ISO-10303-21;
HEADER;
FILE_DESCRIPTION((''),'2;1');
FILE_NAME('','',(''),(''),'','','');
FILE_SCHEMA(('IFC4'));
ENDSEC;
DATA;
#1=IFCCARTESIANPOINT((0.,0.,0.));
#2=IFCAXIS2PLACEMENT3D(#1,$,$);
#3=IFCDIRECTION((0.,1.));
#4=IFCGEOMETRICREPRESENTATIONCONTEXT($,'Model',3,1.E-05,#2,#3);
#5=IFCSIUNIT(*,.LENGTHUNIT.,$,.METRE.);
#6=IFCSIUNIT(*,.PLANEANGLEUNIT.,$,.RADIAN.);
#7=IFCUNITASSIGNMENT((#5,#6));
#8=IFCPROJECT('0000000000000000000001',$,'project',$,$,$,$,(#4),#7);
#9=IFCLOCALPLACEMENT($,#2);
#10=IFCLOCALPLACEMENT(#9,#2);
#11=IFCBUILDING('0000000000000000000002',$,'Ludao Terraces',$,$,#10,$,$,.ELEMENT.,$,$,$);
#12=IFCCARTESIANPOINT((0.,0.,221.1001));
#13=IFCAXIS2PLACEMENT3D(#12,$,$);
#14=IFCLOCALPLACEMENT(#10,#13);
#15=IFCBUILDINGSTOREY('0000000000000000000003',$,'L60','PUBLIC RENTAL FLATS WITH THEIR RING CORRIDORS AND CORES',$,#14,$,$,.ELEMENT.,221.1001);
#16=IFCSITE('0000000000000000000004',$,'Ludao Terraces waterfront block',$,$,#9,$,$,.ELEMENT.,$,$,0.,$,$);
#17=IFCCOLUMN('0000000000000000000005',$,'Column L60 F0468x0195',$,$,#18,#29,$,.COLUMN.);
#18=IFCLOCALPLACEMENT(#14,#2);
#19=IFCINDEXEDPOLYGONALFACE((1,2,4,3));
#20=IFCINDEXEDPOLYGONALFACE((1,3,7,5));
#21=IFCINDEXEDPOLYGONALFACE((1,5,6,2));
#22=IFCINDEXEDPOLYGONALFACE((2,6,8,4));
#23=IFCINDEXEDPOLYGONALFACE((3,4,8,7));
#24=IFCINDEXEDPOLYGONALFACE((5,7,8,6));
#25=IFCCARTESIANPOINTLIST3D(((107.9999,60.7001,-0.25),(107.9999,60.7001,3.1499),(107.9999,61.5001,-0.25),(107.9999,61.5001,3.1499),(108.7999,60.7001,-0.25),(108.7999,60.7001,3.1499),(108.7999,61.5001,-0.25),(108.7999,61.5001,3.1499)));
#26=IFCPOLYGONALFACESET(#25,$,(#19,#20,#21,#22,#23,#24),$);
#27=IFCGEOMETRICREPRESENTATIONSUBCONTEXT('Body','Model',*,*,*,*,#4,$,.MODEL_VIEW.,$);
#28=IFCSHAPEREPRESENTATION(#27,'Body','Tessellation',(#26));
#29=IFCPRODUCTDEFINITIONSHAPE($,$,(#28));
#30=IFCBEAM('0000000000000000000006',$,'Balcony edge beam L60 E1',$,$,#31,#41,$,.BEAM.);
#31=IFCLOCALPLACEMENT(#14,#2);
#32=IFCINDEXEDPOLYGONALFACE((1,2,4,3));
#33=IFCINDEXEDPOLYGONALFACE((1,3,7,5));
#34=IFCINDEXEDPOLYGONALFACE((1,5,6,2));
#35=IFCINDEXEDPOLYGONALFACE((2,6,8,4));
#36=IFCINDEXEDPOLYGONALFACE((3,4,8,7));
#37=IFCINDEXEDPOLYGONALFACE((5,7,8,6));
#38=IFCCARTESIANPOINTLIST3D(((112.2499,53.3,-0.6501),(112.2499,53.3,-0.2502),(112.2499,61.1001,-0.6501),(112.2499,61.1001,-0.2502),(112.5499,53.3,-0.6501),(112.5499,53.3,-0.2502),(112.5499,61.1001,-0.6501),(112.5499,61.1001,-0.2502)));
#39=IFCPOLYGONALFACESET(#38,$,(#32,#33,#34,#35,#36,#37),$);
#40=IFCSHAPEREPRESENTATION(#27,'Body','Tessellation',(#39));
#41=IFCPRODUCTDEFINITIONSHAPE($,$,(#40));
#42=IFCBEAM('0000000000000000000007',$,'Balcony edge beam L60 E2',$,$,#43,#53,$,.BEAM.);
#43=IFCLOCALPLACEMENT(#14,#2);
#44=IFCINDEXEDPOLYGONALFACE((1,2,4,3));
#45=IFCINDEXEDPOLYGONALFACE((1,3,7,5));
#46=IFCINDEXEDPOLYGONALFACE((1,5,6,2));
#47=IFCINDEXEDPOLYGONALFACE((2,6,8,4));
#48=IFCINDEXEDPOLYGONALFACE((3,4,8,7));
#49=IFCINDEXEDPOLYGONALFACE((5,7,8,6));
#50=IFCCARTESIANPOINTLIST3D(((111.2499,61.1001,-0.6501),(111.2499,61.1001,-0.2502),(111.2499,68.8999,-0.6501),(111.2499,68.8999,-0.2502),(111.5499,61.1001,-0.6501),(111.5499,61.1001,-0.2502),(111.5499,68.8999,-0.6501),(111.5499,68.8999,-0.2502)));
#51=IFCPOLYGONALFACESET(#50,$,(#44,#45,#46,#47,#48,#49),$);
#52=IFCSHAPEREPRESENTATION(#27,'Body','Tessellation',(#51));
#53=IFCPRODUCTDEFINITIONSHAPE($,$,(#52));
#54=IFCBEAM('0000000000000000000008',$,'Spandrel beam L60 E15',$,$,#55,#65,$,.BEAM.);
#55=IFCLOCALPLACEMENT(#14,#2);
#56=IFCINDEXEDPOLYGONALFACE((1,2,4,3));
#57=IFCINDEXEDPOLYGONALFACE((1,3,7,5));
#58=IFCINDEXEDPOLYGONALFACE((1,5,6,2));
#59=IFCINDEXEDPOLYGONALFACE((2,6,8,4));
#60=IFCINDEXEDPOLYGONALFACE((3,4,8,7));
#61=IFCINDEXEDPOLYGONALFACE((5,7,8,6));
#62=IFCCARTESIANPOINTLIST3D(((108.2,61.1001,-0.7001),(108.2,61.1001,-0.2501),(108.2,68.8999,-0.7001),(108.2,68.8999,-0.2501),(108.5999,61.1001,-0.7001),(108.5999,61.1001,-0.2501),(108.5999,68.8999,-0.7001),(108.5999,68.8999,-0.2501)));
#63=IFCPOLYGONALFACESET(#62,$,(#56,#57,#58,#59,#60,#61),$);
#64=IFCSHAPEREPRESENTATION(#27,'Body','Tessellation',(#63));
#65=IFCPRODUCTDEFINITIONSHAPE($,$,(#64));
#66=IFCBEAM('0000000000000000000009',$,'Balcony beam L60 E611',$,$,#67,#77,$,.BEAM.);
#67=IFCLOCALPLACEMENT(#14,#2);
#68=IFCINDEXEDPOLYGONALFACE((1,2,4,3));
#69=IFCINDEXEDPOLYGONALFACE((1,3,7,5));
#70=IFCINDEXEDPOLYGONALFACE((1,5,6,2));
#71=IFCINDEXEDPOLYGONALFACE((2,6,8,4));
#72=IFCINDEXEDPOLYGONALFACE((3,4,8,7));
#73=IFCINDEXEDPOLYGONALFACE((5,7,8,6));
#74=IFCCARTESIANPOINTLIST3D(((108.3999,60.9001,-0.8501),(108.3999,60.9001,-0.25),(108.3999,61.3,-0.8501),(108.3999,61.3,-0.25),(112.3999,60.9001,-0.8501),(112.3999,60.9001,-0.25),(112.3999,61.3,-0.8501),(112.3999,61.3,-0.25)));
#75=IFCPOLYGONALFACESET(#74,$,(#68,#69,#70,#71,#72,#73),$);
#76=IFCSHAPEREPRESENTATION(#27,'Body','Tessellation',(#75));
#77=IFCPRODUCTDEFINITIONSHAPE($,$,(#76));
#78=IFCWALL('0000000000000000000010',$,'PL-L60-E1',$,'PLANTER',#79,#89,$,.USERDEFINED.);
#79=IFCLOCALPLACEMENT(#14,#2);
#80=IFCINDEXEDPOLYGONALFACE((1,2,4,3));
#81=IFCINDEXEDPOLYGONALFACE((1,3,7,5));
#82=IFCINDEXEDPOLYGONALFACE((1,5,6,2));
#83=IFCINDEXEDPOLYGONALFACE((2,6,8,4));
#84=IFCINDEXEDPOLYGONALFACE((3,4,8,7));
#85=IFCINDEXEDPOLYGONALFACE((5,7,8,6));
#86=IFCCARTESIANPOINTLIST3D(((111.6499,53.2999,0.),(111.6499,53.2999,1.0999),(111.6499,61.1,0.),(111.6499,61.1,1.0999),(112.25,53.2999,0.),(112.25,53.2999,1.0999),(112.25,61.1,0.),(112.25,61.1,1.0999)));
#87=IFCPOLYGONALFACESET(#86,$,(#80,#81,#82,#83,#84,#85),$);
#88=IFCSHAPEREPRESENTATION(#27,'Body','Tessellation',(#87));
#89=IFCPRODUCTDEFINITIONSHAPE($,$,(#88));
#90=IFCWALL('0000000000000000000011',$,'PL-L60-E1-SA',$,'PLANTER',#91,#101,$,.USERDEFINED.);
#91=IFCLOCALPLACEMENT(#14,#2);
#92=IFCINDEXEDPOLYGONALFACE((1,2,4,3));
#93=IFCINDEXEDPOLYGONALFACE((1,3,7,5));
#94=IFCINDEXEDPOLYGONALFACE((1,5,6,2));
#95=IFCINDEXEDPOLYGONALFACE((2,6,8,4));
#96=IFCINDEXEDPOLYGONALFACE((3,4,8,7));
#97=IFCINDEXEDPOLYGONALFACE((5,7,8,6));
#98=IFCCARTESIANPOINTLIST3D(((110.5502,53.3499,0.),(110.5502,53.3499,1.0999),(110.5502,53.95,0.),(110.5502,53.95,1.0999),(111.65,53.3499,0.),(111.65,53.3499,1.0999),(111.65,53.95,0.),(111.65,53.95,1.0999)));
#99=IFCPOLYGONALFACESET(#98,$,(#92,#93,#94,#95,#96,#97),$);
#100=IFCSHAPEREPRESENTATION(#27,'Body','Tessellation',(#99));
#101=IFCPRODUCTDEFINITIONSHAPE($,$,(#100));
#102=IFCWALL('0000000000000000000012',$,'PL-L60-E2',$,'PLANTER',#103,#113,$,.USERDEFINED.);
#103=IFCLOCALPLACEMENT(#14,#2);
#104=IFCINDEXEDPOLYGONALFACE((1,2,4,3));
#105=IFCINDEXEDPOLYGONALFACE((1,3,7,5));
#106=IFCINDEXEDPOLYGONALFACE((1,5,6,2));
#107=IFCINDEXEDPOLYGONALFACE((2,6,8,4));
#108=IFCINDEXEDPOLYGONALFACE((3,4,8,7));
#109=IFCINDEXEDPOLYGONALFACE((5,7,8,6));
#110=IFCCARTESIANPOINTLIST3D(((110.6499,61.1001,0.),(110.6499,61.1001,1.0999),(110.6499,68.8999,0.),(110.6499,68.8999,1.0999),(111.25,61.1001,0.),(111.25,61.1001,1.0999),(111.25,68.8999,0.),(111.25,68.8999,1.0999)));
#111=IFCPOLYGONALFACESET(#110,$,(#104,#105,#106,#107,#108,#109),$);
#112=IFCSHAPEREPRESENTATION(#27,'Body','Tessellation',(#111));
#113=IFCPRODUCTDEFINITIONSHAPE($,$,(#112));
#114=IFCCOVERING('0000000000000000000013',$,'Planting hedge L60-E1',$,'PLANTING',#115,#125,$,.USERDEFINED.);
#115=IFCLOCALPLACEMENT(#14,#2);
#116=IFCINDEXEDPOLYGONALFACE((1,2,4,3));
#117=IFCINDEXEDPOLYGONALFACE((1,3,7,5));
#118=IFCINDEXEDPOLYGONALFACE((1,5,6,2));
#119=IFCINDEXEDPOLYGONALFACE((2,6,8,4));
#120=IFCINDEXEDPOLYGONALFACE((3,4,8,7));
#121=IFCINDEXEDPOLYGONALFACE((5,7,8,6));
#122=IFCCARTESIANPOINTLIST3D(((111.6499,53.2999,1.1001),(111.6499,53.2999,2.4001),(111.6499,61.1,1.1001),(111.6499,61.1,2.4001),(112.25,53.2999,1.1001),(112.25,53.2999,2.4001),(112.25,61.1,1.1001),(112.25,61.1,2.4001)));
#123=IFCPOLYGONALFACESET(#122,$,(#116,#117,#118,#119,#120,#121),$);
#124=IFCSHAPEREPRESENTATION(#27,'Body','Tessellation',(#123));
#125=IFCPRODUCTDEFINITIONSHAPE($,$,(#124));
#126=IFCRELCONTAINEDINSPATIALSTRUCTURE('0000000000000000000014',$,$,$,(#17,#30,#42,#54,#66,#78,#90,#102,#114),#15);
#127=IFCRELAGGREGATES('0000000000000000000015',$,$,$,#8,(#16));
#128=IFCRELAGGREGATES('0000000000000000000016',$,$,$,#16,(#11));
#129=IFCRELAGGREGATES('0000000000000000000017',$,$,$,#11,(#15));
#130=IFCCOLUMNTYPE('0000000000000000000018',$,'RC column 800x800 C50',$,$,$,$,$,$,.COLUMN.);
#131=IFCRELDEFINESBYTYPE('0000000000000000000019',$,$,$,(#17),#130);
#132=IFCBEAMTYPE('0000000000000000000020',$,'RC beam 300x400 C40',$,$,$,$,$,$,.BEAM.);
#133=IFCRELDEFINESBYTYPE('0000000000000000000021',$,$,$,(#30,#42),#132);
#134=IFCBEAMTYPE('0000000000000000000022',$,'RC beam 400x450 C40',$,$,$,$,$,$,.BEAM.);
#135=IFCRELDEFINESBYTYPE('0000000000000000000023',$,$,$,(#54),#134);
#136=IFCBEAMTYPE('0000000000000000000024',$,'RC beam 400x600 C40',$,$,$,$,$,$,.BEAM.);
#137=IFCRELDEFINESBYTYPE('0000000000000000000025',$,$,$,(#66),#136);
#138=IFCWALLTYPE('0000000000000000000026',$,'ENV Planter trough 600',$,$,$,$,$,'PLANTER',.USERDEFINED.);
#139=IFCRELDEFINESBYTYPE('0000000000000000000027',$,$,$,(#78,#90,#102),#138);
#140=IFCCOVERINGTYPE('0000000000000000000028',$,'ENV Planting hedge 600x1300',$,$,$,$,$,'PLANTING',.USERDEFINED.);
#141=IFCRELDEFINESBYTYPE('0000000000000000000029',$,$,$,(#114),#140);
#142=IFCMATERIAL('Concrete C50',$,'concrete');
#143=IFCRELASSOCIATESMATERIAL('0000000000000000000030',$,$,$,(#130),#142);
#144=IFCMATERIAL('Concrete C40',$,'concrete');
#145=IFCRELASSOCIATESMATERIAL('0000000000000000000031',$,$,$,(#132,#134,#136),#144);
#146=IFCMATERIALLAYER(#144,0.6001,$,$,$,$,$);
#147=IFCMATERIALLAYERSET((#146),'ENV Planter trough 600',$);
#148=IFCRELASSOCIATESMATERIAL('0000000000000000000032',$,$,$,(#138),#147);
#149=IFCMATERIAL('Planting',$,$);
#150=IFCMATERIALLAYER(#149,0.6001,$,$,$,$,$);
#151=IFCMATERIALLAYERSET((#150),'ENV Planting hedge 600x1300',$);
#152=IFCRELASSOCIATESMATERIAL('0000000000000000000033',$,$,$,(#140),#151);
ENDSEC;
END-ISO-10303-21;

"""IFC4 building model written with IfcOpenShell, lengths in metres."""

from ifc_helpers import new_model, si_unit, direction, frame, frame_2d, origin, origin_2d, place, context, subcontext, project, spatial, rectangle, extrude, material, layer, layer_set, material_profile, profile_set, type_object, element, save


model = new_model("IFC4")

# Units and contexts
model_context = context("Model", 3, precision=1e-05, world=origin(), true_north=direction((0.0, 1.0)))
body_context = subcontext(model_context, "Body", "Model", "MODEL_VIEW")
ifc_project = project(units=[si_unit("LENGTHUNIT", "METRE"), si_unit("PLANEANGLEUNIT", "RADIAN")], contexts=[model_context])

# Site, building, storey
site_placement = place(None, origin())
site = spatial("IfcSite", under=ifc_project, at=site_placement, Name="Ludao Terraces waterfront block", CompositionType="ELEMENT", RefElevation=0.0)
building_placement = place(site_placement, origin())
building = spatial("IfcBuilding", under=site, at=building_placement, Name="Ludao Terraces", CompositionType="ELEMENT")
storey_placement = place(building_placement, frame((0.0, 0.0, 221.1001)))
storey = spatial("IfcBuildingStorey", under=building, at=storey_placement, Name="L60", Description="PUBLIC RENTAL FLATS WITH THEIR RING CORRIDORS AND CORES", CompositionType="ELEMENT", Elevation=221.1001)

# Column
ifc_material_1 = material(Name="Concrete C50", Category="concrete")
ifc_material_profile_1 = material_profile(ifc_material_1, rectangle(XDim=0.8, YDim=0.8, at=origin_2d()), Name="800 X 800")
ifc_profile_set_1 = profile_set([ifc_material_profile_1], Name="Concrete C50")
column_type = type_object("IfcColumnType", Name="RC column 800x800 C50", PredefinedType="COLUMN", material=ifc_profile_set_1)
column_placement = place(storey_placement, frame((108.3999, 61.1001, -0.25), z_axis=(0.0, 0.0, 1.0), x_axis=(1.0, 0.0, 0.0)))
element("IfcColumn", 1, at=column_placement, inside=storey, type_object=column_type, Name="Column L60 F0468x0195", PredefinedType="COLUMN", context=body_context, shape_type="SweptSolid", body=[
    extrude(rectangle(XDim=0.8, YDim=0.8, at=origin_2d()), origin(), (0.0, 0.0, 1.0), 3.3999),
])

# Beams
ifc_material_2 = material(Name="Concrete C40", Category="concrete")
ifc_material_profile_2 = material_profile(ifc_material_2, rectangle(XDim=0.3, YDim=0.3999, at=origin_2d()), Name="300 X 400")
ifc_profile_set_2 = profile_set([ifc_material_profile_2], Name="Concrete C40")
beam_type_1 = type_object("IfcBeamType", Name="RC beam 300x400 C40", PredefinedType="BEAM", material=ifc_profile_set_2)
beam_1_placement = place(storey_placement, frame((112.3999, 53.3, -0.4502), z_axis=(0.0, 1.0, 0.0), x_axis=(-1.0, 0.0, 0.0)))
element("IfcBeam", 2, at=beam_1_placement, inside=storey, type_object=beam_type_1, Name="Balcony edge beam L60 E1", PredefinedType="BEAM", context=body_context, shape_type="SweptSolid", body=[
    extrude(rectangle(XDim=0.3, YDim=0.3999, at=origin_2d()), origin(), (0.0, 0.0, 1.0), 7.8),
])
beam_2_placement = place(storey_placement, frame((111.3999, 61.1001, -0.4502), z_axis=(0.0, 1.0, 0.0), x_axis=(-1.0, 0.0, 0.0)))
element("IfcBeam", 3, at=beam_2_placement, inside=storey, type_object=beam_type_1, Name="Balcony edge beam L60 E2", PredefinedType="BEAM", context=body_context, shape_type="SweptSolid", body=[
    extrude(rectangle(XDim=0.3, YDim=0.3999, at=origin_2d()), origin(), (0.0, 0.0, 1.0), 7.7998),
])
ifc_material_profile_3 = material_profile(ifc_material_2, rectangle(XDim=0.3999, YDim=0.45, at=origin_2d()), Name="400 X 450")
ifc_profile_set_3 = profile_set([ifc_material_profile_3], Name="Concrete C40")
beam_type_2 = type_object("IfcBeamType", Name="RC beam 400x450 C40", PredefinedType="BEAM", material=ifc_profile_set_3)
beam_3_placement = place(storey_placement, frame((108.3999, 61.1001, -0.4751), z_axis=(0.0, 1.0, 0.0), x_axis=(-1.0, 0.0, 0.0)))
element("IfcBeam", 4, at=beam_3_placement, inside=storey, type_object=beam_type_2, Name="Spandrel beam L60 E15", PredefinedType="BEAM", context=body_context, shape_type="SweptSolid", body=[
    extrude(rectangle(XDim=0.3999, YDim=0.45, at=origin_2d()), origin(), (0.0, 0.0, 1.0), 7.7998),
])
ifc_material_profile_4 = material_profile(ifc_material_2, rectangle(XDim=0.3999, YDim=0.6001, at=origin_2d()), Name="400 X 600")
ifc_profile_set_4 = profile_set([ifc_material_profile_4], Name="Concrete C40")
beam_type_3 = type_object("IfcBeamType", Name="RC beam 400x600 C40", PredefinedType="BEAM", material=ifc_profile_set_4)
beam_4_placement = place(storey_placement, frame((108.3999, 61.1001, -0.55), z_axis=(1.0, 0.0, 0.0), x_axis=(0.0, 1.0, 0.0)))
element("IfcBeam", 5, at=beam_4_placement, inside=storey, type_object=beam_type_3, Name="Balcony beam L60 E611", PredefinedType="BEAM", context=body_context, shape_type="SweptSolid", body=[
    extrude(rectangle(XDim=0.3999, YDim=0.6001, at=origin_2d()), origin(), (0.0, 0.0, 1.0), 4.0),
])

# Walls
ifc_layer_1 = layer(ifc_material_2, 0.6001)
ifc_layer_set_1 = layer_set([ifc_layer_1], Name="ENV Planter trough 600")
wall_type = type_object("IfcWallType", Name="ENV Planter trough 600", ElementType="PLANTER", PredefinedType="USERDEFINED", material=ifc_layer_set_1)
wall_1_placement = place(storey_placement, frame((111.95, 53.3, 0.0), z_axis=(0.0, 0.0, 1.0), x_axis=(0.0, 1.0, 0.0)))
element("IfcWall", 6, at=wall_1_placement, inside=storey, type_object=wall_type, Name="PL-L60-E1", ObjectType="PLANTER", PredefinedType="USERDEFINED", context=body_context, shape_type="SweptSolid", body=[
    extrude(rectangle(XDim=7.8, YDim=0.6001, at=frame_2d((3.8999, 0.0))), origin(), (0.0, 0.0, 1.0), 1.0999),
])
wall_2_placement = place(storey_placement, frame((111.6499, 53.6499, 0.0), z_axis=(0.0, 0.0, 1.0), x_axis=(-1.0, 0.0, 0.0)))
element("IfcWall", 7, at=wall_2_placement, inside=storey, type_object=wall_type, Name="PL-L60-E1-SA", ObjectType="PLANTER", PredefinedType="USERDEFINED", context=body_context, shape_type="SweptSolid", body=[
    extrude(rectangle(XDim=1.0999, YDim=0.6001, at=frame_2d((0.5498, 0.0))), origin(), (0.0, 0.0, 1.0), 1.0999),
])
wall_3_placement = place(storey_placement, frame((110.95, 61.1001, 0.0), z_axis=(0.0, 0.0, 1.0), x_axis=(0.0, 1.0, 0.0)))
element("IfcWall", 8, at=wall_3_placement, inside=storey, type_object=wall_type, Name="PL-L60-E2", ObjectType="PLANTER", PredefinedType="USERDEFINED", context=body_context, shape_type="SweptSolid", body=[
    extrude(rectangle(XDim=7.7998, YDim=0.6001, at=frame_2d((3.8999, 0.0))), origin(), (0.0, 0.0, 1.0), 1.0999),
])

# Covering
ifc_material_3 = material(Name="Planting")
ifc_layer_2 = layer(ifc_material_3, 0.6001)
ifc_layer_set_2 = layer_set([ifc_layer_2], Name="ENV Planting hedge 600x1300")
covering_type = type_object("IfcCoveringType", Name="ENV Planting hedge 600x1300", ElementType="PLANTING", PredefinedType="USERDEFINED", material=ifc_layer_set_2)
covering_placement = place(storey_placement, frame((111.95, 57.2, 1.1001), z_axis=(0.0, 0.0, 1.0), x_axis=(1.0, 0.0, 0.0)))
element("IfcCovering", 9, at=covering_placement, inside=storey, type_object=covering_type, Name="Planting hedge L60-E1", ObjectType="PLANTING", PredefinedType="USERDEFINED", context=body_context, shape_type="SweptSolid", body=[
    extrude(rectangle(XDim=0.6001, YDim=7.8, at=origin_2d()), origin(), (0.0, 0.0, 1.0), 1.3),
])

save(model, "model.ifc")
